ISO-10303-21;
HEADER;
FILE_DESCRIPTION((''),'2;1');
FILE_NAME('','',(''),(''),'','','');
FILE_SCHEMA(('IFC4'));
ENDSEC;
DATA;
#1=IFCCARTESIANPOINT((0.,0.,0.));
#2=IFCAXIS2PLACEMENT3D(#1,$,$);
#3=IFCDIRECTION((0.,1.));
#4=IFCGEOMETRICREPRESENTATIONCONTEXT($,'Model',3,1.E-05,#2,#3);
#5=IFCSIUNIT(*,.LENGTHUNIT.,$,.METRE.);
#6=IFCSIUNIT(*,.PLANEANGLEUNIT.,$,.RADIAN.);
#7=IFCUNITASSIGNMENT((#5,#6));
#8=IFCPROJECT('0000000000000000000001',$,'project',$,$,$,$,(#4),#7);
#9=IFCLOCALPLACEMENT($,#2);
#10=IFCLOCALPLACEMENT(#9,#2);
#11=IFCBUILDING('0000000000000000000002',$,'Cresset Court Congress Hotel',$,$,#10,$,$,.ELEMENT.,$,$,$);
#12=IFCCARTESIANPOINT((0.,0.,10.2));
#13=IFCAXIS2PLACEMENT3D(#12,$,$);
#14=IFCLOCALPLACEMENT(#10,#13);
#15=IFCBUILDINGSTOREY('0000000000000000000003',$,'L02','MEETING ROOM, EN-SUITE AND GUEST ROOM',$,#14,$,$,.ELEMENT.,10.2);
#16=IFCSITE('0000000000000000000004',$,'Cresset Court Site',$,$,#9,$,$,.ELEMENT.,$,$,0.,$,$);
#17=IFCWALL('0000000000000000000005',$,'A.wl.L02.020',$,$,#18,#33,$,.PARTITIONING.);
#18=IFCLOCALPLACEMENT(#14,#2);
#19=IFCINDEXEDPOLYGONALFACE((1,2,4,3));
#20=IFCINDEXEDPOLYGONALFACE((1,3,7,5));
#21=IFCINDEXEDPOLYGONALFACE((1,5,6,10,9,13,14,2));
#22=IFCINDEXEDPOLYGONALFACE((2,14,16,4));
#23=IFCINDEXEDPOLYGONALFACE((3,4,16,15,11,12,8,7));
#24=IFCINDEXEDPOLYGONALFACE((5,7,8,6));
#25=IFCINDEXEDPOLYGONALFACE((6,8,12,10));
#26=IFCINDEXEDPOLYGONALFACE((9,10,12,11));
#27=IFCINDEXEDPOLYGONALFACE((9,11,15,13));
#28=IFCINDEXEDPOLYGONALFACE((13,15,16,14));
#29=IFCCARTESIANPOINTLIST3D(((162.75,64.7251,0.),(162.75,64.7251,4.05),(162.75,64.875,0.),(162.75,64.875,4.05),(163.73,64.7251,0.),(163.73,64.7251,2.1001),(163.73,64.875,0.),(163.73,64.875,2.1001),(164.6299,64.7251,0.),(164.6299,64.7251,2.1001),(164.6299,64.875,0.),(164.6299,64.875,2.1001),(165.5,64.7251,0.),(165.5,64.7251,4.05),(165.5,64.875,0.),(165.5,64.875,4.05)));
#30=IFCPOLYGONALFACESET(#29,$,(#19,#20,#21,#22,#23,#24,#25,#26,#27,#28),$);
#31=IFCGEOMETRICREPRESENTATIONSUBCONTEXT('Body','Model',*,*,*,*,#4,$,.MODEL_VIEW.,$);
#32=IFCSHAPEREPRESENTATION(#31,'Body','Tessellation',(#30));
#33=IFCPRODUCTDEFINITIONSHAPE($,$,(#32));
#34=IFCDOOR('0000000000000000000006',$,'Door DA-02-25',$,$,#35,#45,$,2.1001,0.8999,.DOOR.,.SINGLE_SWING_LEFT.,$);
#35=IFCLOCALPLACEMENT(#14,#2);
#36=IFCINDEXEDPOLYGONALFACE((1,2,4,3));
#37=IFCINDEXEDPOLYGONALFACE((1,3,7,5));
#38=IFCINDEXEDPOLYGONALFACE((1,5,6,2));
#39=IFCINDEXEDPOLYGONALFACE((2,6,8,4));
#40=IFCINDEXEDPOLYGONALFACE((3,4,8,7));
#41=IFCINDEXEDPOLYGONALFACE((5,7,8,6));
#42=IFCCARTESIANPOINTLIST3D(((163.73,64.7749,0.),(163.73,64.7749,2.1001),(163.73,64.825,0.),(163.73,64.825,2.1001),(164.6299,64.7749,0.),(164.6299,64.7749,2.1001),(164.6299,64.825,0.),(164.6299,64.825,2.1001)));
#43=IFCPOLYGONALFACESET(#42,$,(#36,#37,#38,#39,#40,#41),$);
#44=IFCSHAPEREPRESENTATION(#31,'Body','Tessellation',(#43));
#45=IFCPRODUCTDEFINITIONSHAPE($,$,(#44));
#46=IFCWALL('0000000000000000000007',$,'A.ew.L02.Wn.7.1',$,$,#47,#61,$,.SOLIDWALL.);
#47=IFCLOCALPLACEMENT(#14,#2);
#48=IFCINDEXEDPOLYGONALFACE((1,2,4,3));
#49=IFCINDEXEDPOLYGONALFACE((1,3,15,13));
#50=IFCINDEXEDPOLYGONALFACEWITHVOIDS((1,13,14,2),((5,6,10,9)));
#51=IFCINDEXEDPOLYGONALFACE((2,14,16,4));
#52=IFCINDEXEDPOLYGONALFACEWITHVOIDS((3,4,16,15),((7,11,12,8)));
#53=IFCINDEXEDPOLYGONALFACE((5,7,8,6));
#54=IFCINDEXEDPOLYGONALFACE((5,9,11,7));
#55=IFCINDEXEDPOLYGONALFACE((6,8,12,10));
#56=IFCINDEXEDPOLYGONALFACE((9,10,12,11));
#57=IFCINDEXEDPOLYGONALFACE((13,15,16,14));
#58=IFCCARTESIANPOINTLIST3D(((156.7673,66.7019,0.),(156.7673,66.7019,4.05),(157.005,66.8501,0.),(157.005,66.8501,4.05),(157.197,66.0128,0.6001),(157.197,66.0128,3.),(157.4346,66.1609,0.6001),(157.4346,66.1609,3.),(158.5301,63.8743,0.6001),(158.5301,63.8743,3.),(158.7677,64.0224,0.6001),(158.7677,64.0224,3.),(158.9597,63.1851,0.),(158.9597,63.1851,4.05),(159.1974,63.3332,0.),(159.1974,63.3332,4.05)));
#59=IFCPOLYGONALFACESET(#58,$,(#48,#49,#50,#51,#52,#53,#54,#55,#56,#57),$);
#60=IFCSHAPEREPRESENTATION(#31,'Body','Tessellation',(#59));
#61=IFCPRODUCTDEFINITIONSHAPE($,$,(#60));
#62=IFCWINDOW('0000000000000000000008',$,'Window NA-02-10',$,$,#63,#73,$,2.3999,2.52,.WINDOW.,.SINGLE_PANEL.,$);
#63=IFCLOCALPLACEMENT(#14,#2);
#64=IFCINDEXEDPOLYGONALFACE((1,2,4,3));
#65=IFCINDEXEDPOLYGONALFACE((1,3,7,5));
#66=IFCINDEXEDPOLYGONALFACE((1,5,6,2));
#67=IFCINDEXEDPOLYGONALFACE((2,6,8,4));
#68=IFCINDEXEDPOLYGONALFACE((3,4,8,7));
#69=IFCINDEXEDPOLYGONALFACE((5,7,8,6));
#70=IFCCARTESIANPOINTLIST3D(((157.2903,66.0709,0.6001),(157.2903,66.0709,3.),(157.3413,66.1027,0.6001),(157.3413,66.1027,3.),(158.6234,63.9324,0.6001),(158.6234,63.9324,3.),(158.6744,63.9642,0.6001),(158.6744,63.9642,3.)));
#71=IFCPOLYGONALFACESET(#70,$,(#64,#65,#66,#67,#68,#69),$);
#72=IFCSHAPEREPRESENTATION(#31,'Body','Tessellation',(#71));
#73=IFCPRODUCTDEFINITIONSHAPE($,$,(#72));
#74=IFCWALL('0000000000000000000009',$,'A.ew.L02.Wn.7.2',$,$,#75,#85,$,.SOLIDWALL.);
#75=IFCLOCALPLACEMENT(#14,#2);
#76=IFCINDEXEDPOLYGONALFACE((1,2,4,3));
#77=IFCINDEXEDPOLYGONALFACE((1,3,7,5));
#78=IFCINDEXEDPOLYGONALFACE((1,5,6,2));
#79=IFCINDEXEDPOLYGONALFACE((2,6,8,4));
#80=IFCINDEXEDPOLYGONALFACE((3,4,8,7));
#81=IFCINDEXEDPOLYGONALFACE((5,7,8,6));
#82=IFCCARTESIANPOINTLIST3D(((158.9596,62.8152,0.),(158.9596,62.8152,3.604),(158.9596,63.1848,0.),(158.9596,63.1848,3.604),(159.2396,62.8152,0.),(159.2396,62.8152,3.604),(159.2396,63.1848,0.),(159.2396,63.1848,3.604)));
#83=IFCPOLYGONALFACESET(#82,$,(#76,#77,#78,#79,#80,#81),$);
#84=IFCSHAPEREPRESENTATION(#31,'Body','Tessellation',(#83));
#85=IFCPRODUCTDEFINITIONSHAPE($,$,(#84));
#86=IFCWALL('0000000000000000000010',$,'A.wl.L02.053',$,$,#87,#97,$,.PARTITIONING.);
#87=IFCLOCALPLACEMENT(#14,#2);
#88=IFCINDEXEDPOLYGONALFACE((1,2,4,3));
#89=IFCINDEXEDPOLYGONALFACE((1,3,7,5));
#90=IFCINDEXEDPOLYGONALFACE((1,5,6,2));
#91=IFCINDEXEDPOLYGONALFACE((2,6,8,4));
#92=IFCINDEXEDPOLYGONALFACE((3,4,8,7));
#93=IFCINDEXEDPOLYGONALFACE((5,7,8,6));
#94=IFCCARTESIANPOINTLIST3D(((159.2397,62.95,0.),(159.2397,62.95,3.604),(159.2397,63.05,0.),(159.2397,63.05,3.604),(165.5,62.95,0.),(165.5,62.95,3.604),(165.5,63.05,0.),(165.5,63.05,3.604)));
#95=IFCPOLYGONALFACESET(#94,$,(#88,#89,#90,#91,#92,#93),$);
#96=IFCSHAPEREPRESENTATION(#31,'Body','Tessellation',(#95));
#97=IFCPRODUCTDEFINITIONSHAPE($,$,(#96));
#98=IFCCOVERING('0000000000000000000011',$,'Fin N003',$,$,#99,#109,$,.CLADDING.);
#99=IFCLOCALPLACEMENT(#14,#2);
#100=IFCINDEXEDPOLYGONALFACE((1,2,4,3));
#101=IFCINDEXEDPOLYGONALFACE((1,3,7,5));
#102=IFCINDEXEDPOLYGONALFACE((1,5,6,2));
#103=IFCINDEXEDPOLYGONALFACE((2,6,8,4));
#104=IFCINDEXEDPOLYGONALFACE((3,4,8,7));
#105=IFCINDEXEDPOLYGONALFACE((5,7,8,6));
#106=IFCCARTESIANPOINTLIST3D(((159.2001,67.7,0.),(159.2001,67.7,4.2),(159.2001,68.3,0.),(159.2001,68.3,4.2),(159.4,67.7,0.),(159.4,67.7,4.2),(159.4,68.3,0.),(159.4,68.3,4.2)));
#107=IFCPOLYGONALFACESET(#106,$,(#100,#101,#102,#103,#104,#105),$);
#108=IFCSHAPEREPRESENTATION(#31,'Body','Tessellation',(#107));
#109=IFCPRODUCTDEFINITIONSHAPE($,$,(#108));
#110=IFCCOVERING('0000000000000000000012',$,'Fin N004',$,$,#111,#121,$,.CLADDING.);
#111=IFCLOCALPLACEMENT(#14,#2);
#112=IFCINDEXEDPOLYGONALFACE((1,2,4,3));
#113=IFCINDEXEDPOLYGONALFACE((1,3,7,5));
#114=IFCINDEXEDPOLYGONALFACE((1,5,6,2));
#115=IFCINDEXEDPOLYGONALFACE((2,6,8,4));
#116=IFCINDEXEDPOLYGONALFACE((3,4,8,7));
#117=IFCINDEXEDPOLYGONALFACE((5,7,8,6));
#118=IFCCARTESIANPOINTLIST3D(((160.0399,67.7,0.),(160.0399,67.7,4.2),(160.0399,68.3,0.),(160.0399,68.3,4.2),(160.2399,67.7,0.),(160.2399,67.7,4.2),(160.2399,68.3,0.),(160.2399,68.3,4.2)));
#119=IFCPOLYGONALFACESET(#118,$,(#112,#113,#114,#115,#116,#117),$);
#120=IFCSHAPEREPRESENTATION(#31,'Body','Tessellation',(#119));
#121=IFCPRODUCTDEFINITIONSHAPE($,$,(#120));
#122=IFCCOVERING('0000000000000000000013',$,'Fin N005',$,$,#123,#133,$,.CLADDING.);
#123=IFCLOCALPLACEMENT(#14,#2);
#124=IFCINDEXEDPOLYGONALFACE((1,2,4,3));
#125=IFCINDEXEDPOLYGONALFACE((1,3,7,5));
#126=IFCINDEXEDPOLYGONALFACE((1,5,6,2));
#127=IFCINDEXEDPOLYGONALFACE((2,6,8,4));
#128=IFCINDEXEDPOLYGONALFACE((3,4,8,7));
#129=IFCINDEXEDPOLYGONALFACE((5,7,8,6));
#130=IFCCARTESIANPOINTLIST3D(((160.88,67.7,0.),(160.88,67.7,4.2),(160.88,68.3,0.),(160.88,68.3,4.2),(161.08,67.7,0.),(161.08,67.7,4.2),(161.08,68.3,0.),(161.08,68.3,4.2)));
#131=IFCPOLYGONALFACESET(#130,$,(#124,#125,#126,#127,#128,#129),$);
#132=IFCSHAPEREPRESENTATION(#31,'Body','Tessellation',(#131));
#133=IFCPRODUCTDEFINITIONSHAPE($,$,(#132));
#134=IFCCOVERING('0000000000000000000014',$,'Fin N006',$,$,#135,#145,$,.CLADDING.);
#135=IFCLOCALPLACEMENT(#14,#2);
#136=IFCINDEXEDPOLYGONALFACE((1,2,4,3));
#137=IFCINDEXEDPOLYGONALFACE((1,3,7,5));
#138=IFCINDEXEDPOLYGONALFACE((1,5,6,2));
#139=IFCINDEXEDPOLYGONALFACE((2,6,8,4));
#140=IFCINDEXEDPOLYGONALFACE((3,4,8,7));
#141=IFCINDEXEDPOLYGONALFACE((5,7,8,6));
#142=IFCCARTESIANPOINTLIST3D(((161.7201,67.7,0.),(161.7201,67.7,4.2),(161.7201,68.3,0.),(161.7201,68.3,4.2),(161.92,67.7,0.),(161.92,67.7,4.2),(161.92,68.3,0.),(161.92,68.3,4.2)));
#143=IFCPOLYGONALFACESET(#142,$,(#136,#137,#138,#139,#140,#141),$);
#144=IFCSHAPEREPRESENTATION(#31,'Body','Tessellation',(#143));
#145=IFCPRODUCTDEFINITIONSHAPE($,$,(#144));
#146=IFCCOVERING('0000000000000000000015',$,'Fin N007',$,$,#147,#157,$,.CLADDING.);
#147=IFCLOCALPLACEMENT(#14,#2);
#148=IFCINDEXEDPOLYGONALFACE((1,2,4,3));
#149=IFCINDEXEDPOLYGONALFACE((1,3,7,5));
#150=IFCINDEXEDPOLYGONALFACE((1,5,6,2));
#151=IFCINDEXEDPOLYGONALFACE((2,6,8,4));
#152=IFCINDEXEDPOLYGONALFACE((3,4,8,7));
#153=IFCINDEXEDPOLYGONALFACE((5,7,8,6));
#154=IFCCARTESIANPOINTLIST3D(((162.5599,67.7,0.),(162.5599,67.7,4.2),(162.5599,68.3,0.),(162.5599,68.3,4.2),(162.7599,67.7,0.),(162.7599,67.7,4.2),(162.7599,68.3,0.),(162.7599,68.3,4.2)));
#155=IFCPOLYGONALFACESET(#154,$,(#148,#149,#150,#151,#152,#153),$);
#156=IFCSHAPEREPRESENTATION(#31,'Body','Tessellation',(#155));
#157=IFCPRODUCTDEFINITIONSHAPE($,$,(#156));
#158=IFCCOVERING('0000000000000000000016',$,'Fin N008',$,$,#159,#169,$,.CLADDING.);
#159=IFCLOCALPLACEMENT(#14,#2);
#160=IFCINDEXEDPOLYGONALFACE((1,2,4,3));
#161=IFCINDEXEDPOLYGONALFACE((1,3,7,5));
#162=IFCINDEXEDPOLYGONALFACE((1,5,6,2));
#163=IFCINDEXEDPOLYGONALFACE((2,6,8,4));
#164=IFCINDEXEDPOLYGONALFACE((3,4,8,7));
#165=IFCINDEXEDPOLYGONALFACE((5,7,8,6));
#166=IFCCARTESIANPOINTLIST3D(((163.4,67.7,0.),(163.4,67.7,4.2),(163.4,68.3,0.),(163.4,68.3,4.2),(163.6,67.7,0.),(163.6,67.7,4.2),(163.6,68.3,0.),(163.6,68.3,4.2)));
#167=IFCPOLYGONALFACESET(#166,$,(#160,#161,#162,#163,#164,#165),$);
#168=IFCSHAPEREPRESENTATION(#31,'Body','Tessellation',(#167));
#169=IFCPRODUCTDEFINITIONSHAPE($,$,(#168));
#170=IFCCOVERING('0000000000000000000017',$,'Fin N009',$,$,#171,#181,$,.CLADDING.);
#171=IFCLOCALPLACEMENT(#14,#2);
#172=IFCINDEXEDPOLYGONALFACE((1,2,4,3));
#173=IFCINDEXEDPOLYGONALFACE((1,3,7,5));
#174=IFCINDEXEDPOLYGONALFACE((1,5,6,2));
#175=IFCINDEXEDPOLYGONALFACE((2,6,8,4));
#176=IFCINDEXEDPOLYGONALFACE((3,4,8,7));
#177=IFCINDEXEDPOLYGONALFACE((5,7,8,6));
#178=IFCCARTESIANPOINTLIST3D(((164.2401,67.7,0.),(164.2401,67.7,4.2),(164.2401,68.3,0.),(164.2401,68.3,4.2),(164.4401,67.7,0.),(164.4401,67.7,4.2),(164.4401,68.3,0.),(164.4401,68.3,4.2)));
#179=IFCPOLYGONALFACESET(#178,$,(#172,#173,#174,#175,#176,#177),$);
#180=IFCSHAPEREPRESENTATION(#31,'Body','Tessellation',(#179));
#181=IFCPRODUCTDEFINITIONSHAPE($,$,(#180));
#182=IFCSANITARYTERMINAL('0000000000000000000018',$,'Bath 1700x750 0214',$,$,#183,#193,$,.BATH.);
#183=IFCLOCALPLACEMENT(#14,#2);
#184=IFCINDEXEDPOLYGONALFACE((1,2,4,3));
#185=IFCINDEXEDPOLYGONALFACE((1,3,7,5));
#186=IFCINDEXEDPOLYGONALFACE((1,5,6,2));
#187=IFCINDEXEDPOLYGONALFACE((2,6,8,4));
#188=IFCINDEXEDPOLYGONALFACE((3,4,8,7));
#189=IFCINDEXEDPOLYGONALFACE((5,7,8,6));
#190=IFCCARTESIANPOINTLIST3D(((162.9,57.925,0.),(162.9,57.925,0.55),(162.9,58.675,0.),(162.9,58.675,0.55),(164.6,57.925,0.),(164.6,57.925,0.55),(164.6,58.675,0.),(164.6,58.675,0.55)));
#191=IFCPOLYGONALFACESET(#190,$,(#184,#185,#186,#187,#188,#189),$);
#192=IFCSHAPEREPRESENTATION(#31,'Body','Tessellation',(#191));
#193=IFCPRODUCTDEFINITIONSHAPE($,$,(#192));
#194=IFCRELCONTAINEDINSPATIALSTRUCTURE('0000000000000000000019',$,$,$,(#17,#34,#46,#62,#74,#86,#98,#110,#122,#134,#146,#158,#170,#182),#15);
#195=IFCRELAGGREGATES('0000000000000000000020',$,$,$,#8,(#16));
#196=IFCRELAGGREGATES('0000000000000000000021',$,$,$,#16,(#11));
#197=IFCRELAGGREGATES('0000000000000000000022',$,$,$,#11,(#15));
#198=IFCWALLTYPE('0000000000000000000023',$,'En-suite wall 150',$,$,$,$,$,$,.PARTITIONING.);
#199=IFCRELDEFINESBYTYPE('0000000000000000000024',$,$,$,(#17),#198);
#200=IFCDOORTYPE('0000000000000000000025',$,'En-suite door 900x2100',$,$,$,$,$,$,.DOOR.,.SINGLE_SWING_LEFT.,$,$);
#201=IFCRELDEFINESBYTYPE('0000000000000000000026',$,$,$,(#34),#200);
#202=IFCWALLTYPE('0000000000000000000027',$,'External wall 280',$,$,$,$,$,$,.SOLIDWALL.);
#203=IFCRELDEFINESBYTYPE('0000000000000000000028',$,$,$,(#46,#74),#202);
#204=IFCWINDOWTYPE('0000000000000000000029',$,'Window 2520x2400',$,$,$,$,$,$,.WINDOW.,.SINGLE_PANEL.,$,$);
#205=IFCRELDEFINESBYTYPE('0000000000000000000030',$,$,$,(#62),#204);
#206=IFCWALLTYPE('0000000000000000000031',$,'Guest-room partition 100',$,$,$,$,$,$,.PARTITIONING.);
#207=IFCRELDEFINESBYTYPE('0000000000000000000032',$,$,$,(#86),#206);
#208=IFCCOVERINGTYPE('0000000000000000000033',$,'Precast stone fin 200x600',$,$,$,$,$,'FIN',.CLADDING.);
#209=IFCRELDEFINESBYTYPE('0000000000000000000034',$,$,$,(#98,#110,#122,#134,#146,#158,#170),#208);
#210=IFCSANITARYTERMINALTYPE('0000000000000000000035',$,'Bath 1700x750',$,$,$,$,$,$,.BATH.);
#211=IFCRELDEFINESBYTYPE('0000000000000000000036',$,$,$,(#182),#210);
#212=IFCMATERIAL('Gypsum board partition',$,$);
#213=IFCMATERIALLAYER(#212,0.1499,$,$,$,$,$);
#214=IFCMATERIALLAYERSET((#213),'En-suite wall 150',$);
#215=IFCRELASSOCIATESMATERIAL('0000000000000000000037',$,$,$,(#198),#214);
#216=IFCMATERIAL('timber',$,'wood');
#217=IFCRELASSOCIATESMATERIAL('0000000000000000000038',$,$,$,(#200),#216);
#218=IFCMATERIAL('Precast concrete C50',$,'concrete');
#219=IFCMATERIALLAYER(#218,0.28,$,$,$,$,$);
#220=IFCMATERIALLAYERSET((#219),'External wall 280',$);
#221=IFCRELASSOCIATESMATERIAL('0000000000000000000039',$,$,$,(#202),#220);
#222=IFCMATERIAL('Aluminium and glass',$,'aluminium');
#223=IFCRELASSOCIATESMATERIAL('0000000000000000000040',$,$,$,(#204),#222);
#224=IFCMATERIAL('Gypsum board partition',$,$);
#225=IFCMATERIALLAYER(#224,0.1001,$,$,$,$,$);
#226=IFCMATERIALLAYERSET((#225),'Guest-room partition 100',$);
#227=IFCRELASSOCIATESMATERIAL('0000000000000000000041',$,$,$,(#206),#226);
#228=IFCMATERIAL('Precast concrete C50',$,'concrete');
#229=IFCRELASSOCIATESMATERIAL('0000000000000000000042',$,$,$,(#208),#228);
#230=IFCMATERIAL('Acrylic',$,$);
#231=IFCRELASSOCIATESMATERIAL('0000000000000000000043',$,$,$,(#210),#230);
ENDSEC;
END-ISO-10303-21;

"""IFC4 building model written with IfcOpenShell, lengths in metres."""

from ifc_helpers import new_model, si_unit, direction, frame, frame_2d, origin, origin_2d, place, context, subcontext, project, spatial, rectangle, extrude, material, layer, layer_set, type_object, element, fill, save


model = new_model("IFC4")

# Units and contexts
model_context = context("Model", 3, precision=1e-05, world=origin(), true_north=direction((0.0, 1.0)))
body_context = subcontext(model_context, "Body", "Model", "MODEL_VIEW")
ifc_project = project(units=[si_unit("LENGTHUNIT", "METRE"), si_unit("PLANEANGLEUNIT", "RADIAN")], contexts=[model_context])

# Site, building, storey
site_placement = place(None, origin())
site = spatial("IfcSite", under=ifc_project, at=site_placement, Name="Cresset Court Site", CompositionType="ELEMENT", RefElevation=0.0)
building_placement = place(site_placement, origin())
building = spatial("IfcBuilding", under=site, at=building_placement, Name="Cresset Court Congress Hotel", CompositionType="ELEMENT")
storey_placement = place(building_placement, frame((0.0, 0.0, 10.2)))
storey = spatial("IfcBuildingStorey", under=building, at=storey_placement, Name="L02", Description="MEETING ROOM, EN-SUITE AND GUEST ROOM", CompositionType="ELEMENT", Elevation=10.2)

# Shared definitions
ifc_material_1 = material(Name="Gypsum board partition")
ifc_layer_1 = layer(ifc_material_1, 0.1499)
ifc_layer_set_1 = layer_set([ifc_layer_1], Name="En-suite wall 150")
wall_type_1 = type_object("IfcWallType", Name="En-suite wall 150", PredefinedType="PARTITIONING", material=ifc_layer_set_1)

# Shared definitions
ifc_material_2 = material(Name="timber", Category="wood")
door_type = type_object("IfcDoorType", Name="En-suite door 900x2100", OperationType="SINGLE_SWING_LEFT", PredefinedType="DOOR", material=ifc_material_2)

# Wall, opening, door
wall_1_placement = place(storey_placement, frame((162.75, 64.8, 0.0), z_axis=(0.0, 0.0, 1.0), x_axis=(1.0, 0.0, 0.0)))
wall_1 = element("IfcWall", 1, at=wall_1_placement, inside=storey, type_object=wall_type_1, Name="A.wl.L02.020", PredefinedType="PARTITIONING", context=body_context, shape_type="SweptSolid", body=[
    extrude(rectangle(XDim=2.75, YDim=0.1499, at=frame_2d((1.375, 0.0))), origin(), (0.0, 0.0, 1.0), 4.05),
])
opening_1_placement = place(wall_1_placement, frame((0.98, 0.0, 0.0)))
opening_1 = element("IfcOpeningElement", 2, at=opening_1_placement, cuts=wall_1, PredefinedType="OPENING", context=body_context, shape_type="SweptSolid", body=[
    extrude(rectangle(XDim=0.8999, YDim=2.1001, at=frame_2d((0.45, 1.05))), frame((0.0, 0.085, 0.0), z_axis=(0.0, -1.0, 0.0), x_axis=(1.0, 0.0, 0.0)), (0.0, 0.0, 1.0), 0.1699),
])
door_1_placement = place(opening_1_placement, origin())
door_1 = element("IfcDoor", 3, at=door_1_placement, inside=storey, type_object=door_type, Name="Door DA-02-25", OperationType="SINGLE_SWING_LEFT", OverallHeight=2.1001, OverallWidth=0.8999, PredefinedType="DOOR", context=body_context, shape_type="SweptSolid", body=[
    extrude(rectangle(XDim=0.8999, YDim=2.1001, at=frame_2d((0.45, 1.05))), frame((0.0, 0.0249, 0.0), z_axis=(0.0, -1.0, 0.0), x_axis=(1.0, 0.0, 0.0)), (0.0, 0.0, 1.0), 0.05),
])
fill(opening_1, door_1)

# Wall, opening, window
ifc_material_3 = material(Name="Precast concrete C50", Category="concrete")
ifc_layer_2 = layer(ifc_material_3, 0.28)
ifc_layer_set_2 = layer_set([ifc_layer_2], Name="External wall 280")
wall_type_2 = type_object("IfcWallType", Name="External wall 280", PredefinedType="SOLIDWALL", material=ifc_layer_set_2)
wall_2_placement = place(storey_placement, frame((159.0786, 63.259, 0.0), z_axis=(0.0, 0.0, 1.0), x_axis=(-0.529019, 0.84861, 0.0)))
wall_2 = element("IfcWall", 4, at=wall_2_placement, inside=storey, type_object=wall_type_2, Name="A.ew.L02.Wn.7.1", PredefinedType="SOLIDWALL", context=body_context, shape_type="SweptSolid", body=[
    extrude(rectangle(XDim=4.1443, YDim=0.28, at=frame_2d((2.0723, 0.0))), origin(), (0.0, 0.0, 1.0), 4.05),
])
opening_2_placement = place(wall_2_placement, frame((0.8123, 0.0, 0.6001)))
opening_2 = element("IfcOpeningElement", 5, at=opening_2_placement, cuts=wall_2, PredefinedType="OPENING", context=body_context, shape_type="SweptSolid", body=[
    extrude(rectangle(XDim=2.52, YDim=2.3999, at=frame_2d((1.26, 1.2))), frame((0.0, 0.1499, 0.0), z_axis=(0.0, -1.0, 0.0), x_axis=(1.0, 0.0, 0.0)), (0.0, 0.0, 1.0), 0.3),
])
ifc_material_4 = material(Name="Aluminium and glass", Category="aluminium")
window_type = type_object("IfcWindowType", Name="Window 2520x2400", PartitioningType="SINGLE_PANEL", PredefinedType="WINDOW", material=ifc_material_4)
window_placement = place(opening_2_placement, origin())
window = element("IfcWindow", 6, at=window_placement, inside=storey, type_object=window_type, Name="Window NA-02-10", OverallHeight=2.3999, OverallWidth=2.52, PartitioningType="SINGLE_PANEL", PredefinedType="WINDOW", context=body_context, shape_type="SweptSolid", body=[
    extrude(rectangle(XDim=2.52, YDim=2.3999, at=frame_2d((1.26, 1.2))), frame((0.0, 0.03, 0.0), z_axis=(0.0, -1.0, 0.0), x_axis=(1.0, 0.0, 0.0)), (0.0, 0.0, 1.0), 0.0601),
])
fill(opening_2, window)

# Walls
wall_3_placement = place(storey_placement, frame((159.0996, 62.8152, 0.0), z_axis=(0.0, 0.0, 1.0), x_axis=(0.0, 1.0, 0.0)))
element("IfcWall", 7, at=wall_3_placement, inside=storey, type_object=wall_type_2, Name="A.ew.L02.Wn.7.2", PredefinedType="SOLIDWALL", context=body_context, shape_type="SweptSolid", body=[
    extrude(rectangle(XDim=0.3696, YDim=0.28, at=frame_2d((0.1848, 0.0))), origin(), (0.0, 0.0, 1.0), 3.604),
])
ifc_material_5 = material(Name="Gypsum board partition")
ifc_layer_3 = layer(ifc_material_5, 0.1001)
ifc_layer_set_3 = layer_set([ifc_layer_3], Name="Guest-room partition 100")
wall_type_3 = type_object("IfcWallType", Name="Guest-room partition 100", PredefinedType="PARTITIONING", material=ifc_layer_set_3)
wall_4_placement = place(storey_placement, frame((159.2397, 63.0, 0.0), z_axis=(0.0, 0.0, 1.0), x_axis=(1.0, 0.0, 0.0)))
element("IfcWall", 8, at=wall_4_placement, inside=storey, type_object=wall_type_3, Name="A.wl.L02.053", PredefinedType="PARTITIONING", context=body_context, shape_type="SweptSolid", body=[
    extrude(rectangle(XDim=6.2603, YDim=0.1001, at=frame_2d((3.1301, 0.0))), origin(), (0.0, 0.0, 1.0), 3.604),
])

# Coverings
ifc_material_6 = material(Name="Precast concrete C50", Category="concrete")
covering_type = type_object("IfcCoveringType", Name="Precast stone fin 200x600", ElementType="FIN", PredefinedType="CLADDING", material=ifc_material_6)
for number, where, z_axis, x_axis, name in (
    (9, (159.3, 68.0, 0.0), (0.0, 0.0, 1.0), (1.0, 0.0, 0.0), "Fin N003"),
    (10, (160.1399, 68.0, 0.0), (0.0, 0.0, 1.0), (1.0, 0.0, 0.0), "Fin N004"),
    (11, (160.98, 68.0, 0.0), (0.0, 0.0, 1.0), (1.0, 0.0, 0.0), "Fin N005"),
    (12, (161.8201, 68.0, 0.0), (0.0, 0.0, 1.0), (1.0, 0.0, 0.0), "Fin N006"),
    (13, (162.6599, 68.0, 0.0), (0.0, 0.0, 1.0), (1.0, 0.0, 0.0), "Fin N007"),
    (14, (163.5, 68.0, 0.0), (0.0, 0.0, 1.0), (1.0, 0.0, 0.0), "Fin N008"),
    (15, (164.3401, 68.0, 0.0), (0.0, 0.0, 1.0), (1.0, 0.0, 0.0), "Fin N009"),
):
    element("IfcCovering", number, at=place(storey_placement, frame(where, z_axis=z_axis, x_axis=x_axis)), inside=storey, type_object=covering_type, Name=name, PredefinedType="CLADDING", context=body_context, shape_type="SweptSolid", body=[
        extrude(rectangle(XDim=0.2, YDim=0.6001, at=origin_2d()), origin(), (0.0, 0.0, 1.0), 4.2),
    ])

# Sanitary terminal
ifc_material_7 = material(Name="Acrylic")
sanitary_terminal_type_1 = type_object("IfcSanitaryTerminalType", Name="Bath 1700x750", PredefinedType="BATH", material=ifc_material_7)
for number, where, z_axis, x_axis, name in (
    (16, (163.75, 58.3, 0.0), (0.0, 0.0, 1.0), (1.0, 0.0, 0.0), "Bath 1700x750 0214"),
):
    element("IfcSanitaryTerminal", number, at=place(storey_placement, frame(where, z_axis=z_axis, x_axis=x_axis)), inside=storey, type_object=sanitary_terminal_type_1, Name=name, PredefinedType="BATH", context=body_context, shape_type="SweptSolid", body=[
        extrude(rectangle(XDim=1.7, YDim=0.75, at=origin_2d()), origin(), (0.0, 0.0, 1.0), 0.55),
    ])

save(model, "model.ifc")
